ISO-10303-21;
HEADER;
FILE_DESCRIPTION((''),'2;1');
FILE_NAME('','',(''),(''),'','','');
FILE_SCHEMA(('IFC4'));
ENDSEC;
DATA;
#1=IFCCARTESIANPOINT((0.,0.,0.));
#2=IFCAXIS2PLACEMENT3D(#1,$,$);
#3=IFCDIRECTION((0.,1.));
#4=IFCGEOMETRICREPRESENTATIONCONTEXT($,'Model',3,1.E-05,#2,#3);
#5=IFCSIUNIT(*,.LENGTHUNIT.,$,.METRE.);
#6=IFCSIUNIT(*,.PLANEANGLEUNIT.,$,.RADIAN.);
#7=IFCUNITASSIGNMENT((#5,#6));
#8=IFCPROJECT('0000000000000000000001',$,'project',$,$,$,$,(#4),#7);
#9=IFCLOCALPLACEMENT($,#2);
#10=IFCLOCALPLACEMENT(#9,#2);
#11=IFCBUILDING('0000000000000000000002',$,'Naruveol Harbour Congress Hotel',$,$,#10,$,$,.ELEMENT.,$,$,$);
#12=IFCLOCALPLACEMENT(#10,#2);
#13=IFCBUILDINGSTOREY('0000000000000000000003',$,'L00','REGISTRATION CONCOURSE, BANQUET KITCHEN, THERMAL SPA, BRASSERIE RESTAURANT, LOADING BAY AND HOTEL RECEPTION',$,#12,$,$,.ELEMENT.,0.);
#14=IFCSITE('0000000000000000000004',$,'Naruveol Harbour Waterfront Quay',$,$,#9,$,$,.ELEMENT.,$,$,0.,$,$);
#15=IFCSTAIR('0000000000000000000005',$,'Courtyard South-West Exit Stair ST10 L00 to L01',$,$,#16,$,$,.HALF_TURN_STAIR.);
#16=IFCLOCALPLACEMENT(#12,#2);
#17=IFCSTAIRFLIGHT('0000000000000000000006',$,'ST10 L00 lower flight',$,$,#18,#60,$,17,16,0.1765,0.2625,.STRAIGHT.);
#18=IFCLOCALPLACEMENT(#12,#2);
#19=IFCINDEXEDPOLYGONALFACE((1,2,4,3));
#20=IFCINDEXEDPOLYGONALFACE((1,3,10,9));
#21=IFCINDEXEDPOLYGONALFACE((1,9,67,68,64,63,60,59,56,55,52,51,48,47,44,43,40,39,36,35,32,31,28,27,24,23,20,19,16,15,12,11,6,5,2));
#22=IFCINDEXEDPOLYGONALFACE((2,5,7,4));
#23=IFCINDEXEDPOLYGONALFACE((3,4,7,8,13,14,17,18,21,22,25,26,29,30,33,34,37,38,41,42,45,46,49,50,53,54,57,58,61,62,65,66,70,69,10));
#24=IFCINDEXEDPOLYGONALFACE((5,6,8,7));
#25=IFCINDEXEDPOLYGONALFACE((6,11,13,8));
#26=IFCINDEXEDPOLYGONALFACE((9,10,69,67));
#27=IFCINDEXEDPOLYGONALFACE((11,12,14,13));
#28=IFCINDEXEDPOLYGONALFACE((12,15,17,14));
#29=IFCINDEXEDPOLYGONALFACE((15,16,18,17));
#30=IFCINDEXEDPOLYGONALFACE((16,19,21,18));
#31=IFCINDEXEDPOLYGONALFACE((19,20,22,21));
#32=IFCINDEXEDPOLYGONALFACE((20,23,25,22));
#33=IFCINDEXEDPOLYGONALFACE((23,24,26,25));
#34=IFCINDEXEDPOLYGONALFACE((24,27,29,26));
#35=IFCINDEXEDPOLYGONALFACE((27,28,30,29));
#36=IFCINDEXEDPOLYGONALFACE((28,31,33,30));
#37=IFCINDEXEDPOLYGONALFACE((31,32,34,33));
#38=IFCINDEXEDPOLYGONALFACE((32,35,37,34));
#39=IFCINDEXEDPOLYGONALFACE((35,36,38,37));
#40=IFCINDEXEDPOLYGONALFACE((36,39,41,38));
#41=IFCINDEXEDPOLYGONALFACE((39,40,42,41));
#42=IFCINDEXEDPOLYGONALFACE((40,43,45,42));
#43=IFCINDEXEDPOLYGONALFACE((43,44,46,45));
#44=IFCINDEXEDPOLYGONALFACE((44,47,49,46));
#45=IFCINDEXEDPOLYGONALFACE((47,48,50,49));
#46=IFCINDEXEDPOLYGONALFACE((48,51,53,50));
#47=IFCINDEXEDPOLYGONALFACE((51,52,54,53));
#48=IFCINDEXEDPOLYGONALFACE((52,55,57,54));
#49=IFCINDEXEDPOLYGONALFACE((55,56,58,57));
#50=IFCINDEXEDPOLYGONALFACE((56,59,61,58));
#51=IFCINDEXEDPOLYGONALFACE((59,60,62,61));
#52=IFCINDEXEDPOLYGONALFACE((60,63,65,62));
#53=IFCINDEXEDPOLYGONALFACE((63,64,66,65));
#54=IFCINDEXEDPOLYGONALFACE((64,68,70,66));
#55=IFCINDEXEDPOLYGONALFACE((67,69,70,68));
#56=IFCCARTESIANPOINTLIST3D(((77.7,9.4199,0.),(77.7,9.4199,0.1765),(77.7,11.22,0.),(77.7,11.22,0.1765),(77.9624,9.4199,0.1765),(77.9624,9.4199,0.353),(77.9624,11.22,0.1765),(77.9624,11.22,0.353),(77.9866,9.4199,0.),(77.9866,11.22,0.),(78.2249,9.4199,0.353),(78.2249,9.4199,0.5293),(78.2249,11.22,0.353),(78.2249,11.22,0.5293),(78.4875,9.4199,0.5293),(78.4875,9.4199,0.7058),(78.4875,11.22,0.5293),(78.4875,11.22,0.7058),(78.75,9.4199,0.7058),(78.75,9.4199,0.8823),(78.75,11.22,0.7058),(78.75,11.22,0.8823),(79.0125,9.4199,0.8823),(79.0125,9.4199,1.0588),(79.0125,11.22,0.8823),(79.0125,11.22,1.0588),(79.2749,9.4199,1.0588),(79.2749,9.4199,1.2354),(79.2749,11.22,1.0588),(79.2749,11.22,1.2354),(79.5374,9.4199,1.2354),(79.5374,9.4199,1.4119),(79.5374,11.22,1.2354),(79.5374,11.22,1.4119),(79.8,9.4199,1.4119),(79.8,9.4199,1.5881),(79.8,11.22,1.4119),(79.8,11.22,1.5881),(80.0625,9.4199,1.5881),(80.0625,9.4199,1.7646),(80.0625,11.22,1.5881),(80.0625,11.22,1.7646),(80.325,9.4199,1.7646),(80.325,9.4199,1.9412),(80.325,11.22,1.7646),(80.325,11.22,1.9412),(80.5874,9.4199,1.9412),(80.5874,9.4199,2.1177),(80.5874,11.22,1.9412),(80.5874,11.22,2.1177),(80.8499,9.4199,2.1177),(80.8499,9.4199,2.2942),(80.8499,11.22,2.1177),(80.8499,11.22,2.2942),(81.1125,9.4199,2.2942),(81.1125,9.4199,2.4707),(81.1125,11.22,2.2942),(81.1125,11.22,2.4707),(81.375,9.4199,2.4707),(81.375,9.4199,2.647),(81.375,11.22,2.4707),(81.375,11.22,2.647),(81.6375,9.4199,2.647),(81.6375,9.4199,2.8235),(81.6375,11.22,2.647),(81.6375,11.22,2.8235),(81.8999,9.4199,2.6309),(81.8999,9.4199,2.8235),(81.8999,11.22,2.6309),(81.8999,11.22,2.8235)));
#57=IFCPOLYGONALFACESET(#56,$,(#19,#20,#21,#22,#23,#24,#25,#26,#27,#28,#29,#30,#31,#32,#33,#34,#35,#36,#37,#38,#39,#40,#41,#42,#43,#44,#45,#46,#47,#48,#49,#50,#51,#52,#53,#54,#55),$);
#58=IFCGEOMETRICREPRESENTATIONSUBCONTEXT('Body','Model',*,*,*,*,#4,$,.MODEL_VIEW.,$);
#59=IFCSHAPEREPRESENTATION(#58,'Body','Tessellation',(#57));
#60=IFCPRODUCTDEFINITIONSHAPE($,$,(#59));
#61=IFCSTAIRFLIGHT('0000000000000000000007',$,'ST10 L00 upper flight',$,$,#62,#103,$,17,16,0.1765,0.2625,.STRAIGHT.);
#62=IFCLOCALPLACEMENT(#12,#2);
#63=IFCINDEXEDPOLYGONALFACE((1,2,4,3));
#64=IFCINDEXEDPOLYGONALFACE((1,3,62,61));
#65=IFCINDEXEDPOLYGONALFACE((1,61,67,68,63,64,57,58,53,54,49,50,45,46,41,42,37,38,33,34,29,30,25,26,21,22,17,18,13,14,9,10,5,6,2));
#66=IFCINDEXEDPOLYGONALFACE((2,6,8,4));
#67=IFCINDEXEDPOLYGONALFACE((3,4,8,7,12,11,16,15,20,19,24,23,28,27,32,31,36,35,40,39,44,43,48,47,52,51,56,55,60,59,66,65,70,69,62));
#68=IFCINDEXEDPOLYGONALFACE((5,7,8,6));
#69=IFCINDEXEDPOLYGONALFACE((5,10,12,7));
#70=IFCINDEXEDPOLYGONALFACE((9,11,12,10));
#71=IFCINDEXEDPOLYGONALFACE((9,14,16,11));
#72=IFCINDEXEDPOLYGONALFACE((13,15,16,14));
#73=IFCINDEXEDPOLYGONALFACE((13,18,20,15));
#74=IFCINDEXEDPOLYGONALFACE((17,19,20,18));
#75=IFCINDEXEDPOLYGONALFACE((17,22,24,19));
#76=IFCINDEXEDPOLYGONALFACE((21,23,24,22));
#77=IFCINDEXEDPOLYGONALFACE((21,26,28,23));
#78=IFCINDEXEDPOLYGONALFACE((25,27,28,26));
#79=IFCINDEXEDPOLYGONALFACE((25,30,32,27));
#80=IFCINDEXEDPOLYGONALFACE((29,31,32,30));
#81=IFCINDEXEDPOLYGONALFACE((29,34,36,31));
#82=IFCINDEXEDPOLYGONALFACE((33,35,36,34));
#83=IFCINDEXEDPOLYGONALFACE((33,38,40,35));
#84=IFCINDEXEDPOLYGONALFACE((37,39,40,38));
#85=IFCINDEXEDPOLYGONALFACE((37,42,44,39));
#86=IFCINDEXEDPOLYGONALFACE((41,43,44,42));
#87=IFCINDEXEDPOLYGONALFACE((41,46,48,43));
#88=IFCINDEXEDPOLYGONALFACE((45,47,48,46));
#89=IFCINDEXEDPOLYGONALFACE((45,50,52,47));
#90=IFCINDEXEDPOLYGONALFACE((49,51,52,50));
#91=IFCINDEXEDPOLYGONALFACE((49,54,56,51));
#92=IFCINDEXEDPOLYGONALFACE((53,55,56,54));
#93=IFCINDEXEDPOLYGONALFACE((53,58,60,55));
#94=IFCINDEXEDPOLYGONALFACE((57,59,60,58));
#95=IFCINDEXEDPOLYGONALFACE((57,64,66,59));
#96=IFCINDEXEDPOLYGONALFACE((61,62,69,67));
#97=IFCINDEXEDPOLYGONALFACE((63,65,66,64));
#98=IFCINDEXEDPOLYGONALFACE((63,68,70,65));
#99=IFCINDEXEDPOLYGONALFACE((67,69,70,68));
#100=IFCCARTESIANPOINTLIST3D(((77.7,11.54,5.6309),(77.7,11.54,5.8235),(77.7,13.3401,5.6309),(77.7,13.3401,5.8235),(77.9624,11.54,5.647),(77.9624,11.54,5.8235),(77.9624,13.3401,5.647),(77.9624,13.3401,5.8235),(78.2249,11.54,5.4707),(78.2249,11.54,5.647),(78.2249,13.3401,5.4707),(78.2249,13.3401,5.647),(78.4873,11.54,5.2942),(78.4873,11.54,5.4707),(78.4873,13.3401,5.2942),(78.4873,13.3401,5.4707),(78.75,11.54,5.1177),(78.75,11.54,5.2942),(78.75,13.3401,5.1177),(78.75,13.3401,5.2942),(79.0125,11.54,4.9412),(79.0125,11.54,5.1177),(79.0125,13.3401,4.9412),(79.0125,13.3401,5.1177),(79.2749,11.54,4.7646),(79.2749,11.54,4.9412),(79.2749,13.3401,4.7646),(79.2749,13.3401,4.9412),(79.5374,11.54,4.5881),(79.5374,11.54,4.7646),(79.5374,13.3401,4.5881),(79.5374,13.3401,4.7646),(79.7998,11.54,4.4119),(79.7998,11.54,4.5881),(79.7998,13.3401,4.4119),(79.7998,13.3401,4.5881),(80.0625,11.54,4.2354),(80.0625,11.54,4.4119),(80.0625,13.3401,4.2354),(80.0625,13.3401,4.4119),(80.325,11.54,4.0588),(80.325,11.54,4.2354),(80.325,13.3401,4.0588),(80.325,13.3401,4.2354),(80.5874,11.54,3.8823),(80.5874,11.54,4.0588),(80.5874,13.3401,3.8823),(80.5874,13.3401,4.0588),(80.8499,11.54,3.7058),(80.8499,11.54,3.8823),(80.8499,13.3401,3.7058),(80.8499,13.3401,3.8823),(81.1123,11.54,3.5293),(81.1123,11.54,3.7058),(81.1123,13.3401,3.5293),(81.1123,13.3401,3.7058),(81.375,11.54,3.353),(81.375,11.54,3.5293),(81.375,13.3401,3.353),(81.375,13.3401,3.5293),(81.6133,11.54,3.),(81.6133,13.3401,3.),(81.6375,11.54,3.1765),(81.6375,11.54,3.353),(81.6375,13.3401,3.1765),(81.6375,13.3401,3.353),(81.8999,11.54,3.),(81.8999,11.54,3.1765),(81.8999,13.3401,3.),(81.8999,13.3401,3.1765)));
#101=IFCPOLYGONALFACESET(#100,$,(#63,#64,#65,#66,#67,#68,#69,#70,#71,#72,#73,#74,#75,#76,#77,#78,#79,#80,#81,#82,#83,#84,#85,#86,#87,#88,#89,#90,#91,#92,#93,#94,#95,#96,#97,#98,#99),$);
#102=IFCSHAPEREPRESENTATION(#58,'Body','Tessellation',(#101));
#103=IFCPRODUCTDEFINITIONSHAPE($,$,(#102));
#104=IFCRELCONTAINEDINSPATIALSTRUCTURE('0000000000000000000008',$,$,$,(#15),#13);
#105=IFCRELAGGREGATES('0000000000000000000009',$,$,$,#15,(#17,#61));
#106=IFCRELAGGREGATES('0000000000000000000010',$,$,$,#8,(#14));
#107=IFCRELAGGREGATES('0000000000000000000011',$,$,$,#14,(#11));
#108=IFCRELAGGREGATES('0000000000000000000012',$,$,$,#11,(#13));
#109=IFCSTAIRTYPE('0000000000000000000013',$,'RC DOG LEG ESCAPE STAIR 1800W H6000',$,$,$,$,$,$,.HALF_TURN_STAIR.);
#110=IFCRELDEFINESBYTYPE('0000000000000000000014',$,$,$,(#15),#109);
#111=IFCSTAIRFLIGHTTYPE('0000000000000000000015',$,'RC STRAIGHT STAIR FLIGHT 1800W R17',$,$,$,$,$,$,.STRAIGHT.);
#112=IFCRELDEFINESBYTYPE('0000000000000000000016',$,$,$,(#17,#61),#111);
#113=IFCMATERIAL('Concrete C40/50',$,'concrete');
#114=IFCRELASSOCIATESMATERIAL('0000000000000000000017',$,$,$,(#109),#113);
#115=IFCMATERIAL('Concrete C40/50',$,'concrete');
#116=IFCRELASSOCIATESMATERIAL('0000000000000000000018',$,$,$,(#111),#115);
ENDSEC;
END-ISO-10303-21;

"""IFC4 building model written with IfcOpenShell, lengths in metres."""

from ifc_helpers import new_model, si_unit, direction, frame, origin, place, context, subcontext, project, spatial, polyline, outline, extrude, material, type_object, element, aggregate, save


model = new_model("IFC4")

# Units and contexts
model_context = context("Model", 3, precision=1e-05, world=origin(), true_north=direction((0.0, 1.0)))
body_context = subcontext(model_context, "Body", "Model", "MODEL_VIEW")
ifc_project = project(units=[si_unit("LENGTHUNIT", "METRE"), si_unit("PLANEANGLEUNIT", "RADIAN")], contexts=[model_context])

# Site, building, storey
site_placement = place(None, origin())
site = spatial("IfcSite", under=ifc_project, at=site_placement, Name="Naruveol Harbour Waterfront Quay", CompositionType="ELEMENT", RefElevation=0.0)
building_placement = place(site_placement, origin())
building = spatial("IfcBuilding", under=site, at=building_placement, Name="Naruveol Harbour Congress Hotel", CompositionType="ELEMENT")
storey_placement = place(building_placement, origin())
storey = spatial("IfcBuildingStorey", under=building, at=storey_placement, Name="L00", Description="REGISTRATION CONCOURSE, BANQUET KITCHEN, THERMAL SPA, BRASSERIE RESTAURANT, LOADING BAY AND HOTEL RECEPTION", CompositionType="ELEMENT", Elevation=0.0)

# Stair, stair flights
ifc_material_1 = material(Name="Concrete C40/50", Category="concrete")
stair_type = type_object("IfcStairType", Name="RC DOG LEG ESCAPE STAIR 1800W H6000", PredefinedType="HALF_TURN_STAIR", material=ifc_material_1)
stair_placement = place(storey_placement, origin())
stair = element("IfcStair", 1, at=stair_placement, inside=storey, type_object=stair_type, Name="Courtyard South-West Exit Stair ST10 L00 to L01", PredefinedType="HALF_TURN_STAIR")
ifc_material_2 = material(Name="Concrete C40/50", Category="concrete")
stair_flight_type = type_object("IfcStairFlightType", Name="RC STRAIGHT STAIR FLIGHT 1800W R17", PredefinedType="STRAIGHT", material=ifc_material_2)
stair_flight_1_placement = place(storey_placement, frame((77.7, 10.3201, 0.0), z_axis=(0.0, 0.0, 1.0), x_axis=(1.0, 0.0, 0.0)))
stair_flight_1 = element("IfcStairFlight", 2, at=stair_flight_1_placement, type_object=stair_flight_type, Name="ST10 L00 lower flight", NumberOfRisers=17, NumberOfTreads=16, PredefinedType="STRAIGHT", RiserHeight=0.1765, TreadLength=0.2625, context=body_context, shape_type="SweptSolid", body=[
    extrude(outline(polyline([(0.0, 0.0), (0.0, 0.1765), (0.2625, 0.1765), (0.2625, 0.353), (0.5249, 0.353), (0.5249, 0.5293), (0.7876, 0.5293), (0.7876, 0.7058), (1.05, 0.7058), (1.05, 0.8823), (1.3125, 0.8823), (1.3125, 1.0588), (1.575, 1.0588), (1.575, 1.2354), (1.8374, 1.2354), (1.8374, 1.4119), (2.1001, 1.4119), (2.1001, 1.5881), (2.3625, 1.5881), (2.3625, 1.7646), (2.625, 1.7646), (2.625, 1.9412), (2.8875, 1.9412), (2.8875, 2.1177), (3.1499, 2.1177), (3.1499, 2.2942), (3.4126, 2.2942), (3.4126, 2.4707), (3.675, 2.4707), (3.675, 2.647), (3.9375, 2.647), (3.9375, 2.8235), (4.2, 2.8235), (4.2, 3.0), (4.2, 2.6309), (0.2866, 0.0), (0.0, 0.0)])), frame((0.0, 0.8999, 0.0), z_axis=(0.0, -1.0, 0.0), x_axis=(1.0, 0.0, 0.0)), (0.0, 0.0, 1.0), 1.8),
])
stair_flight_2_placement = place(storey_placement, frame((81.8999, 12.4399, 3.0), z_axis=(0.0, 0.0, 1.0), x_axis=(-1.0, 0.0, 0.0)))
stair_flight_2 = element("IfcStairFlight", 3, at=stair_flight_2_placement, type_object=stair_flight_type, Name="ST10 L00 upper flight", NumberOfRisers=17, NumberOfTreads=16, PredefinedType="STRAIGHT", RiserHeight=0.1765, TreadLength=0.2625, context=body_context, shape_type="SweptSolid", body=[
    extrude(outline(polyline([(0.0, 0.0), (0.0, 0.1765), (0.2625, 0.1765), (0.2625, 0.353), (0.5249, 0.353), (0.5249, 0.5293), (0.7876, 0.5293), (0.7876, 0.7058), (1.05, 0.7058), (1.05, 0.8823), (1.3125, 0.8823), (1.3125, 1.0588), (1.575, 1.0588), (1.575, 1.2354), (1.8374, 1.2354), (1.8374, 1.4119), (2.1001, 1.4119), (2.1001, 1.5881), (2.3625, 1.5881), (2.3625, 1.7646), (2.625, 1.7646), (2.625, 1.9412), (2.8875, 1.9412), (2.8875, 2.1177), (3.1499, 2.1177), (3.1499, 2.2942), (3.4126, 2.2942), (3.4126, 2.4707), (3.675, 2.4707), (3.675, 2.647), (3.9375, 2.647), (3.9375, 2.8235), (4.2, 2.8235), (4.2, 3.0), (4.2, 2.6309), (0.2866, 0.0), (0.0, 0.0)])), frame((0.0, 0.8999, 0.0), z_axis=(0.0, -1.0, 0.0), x_axis=(1.0, 0.0, 0.0)), (0.0, 0.0, 1.0), 1.8),
])
aggregate(stair, [stair_flight_1, stair_flight_2])

save(model, "model.ifc")
